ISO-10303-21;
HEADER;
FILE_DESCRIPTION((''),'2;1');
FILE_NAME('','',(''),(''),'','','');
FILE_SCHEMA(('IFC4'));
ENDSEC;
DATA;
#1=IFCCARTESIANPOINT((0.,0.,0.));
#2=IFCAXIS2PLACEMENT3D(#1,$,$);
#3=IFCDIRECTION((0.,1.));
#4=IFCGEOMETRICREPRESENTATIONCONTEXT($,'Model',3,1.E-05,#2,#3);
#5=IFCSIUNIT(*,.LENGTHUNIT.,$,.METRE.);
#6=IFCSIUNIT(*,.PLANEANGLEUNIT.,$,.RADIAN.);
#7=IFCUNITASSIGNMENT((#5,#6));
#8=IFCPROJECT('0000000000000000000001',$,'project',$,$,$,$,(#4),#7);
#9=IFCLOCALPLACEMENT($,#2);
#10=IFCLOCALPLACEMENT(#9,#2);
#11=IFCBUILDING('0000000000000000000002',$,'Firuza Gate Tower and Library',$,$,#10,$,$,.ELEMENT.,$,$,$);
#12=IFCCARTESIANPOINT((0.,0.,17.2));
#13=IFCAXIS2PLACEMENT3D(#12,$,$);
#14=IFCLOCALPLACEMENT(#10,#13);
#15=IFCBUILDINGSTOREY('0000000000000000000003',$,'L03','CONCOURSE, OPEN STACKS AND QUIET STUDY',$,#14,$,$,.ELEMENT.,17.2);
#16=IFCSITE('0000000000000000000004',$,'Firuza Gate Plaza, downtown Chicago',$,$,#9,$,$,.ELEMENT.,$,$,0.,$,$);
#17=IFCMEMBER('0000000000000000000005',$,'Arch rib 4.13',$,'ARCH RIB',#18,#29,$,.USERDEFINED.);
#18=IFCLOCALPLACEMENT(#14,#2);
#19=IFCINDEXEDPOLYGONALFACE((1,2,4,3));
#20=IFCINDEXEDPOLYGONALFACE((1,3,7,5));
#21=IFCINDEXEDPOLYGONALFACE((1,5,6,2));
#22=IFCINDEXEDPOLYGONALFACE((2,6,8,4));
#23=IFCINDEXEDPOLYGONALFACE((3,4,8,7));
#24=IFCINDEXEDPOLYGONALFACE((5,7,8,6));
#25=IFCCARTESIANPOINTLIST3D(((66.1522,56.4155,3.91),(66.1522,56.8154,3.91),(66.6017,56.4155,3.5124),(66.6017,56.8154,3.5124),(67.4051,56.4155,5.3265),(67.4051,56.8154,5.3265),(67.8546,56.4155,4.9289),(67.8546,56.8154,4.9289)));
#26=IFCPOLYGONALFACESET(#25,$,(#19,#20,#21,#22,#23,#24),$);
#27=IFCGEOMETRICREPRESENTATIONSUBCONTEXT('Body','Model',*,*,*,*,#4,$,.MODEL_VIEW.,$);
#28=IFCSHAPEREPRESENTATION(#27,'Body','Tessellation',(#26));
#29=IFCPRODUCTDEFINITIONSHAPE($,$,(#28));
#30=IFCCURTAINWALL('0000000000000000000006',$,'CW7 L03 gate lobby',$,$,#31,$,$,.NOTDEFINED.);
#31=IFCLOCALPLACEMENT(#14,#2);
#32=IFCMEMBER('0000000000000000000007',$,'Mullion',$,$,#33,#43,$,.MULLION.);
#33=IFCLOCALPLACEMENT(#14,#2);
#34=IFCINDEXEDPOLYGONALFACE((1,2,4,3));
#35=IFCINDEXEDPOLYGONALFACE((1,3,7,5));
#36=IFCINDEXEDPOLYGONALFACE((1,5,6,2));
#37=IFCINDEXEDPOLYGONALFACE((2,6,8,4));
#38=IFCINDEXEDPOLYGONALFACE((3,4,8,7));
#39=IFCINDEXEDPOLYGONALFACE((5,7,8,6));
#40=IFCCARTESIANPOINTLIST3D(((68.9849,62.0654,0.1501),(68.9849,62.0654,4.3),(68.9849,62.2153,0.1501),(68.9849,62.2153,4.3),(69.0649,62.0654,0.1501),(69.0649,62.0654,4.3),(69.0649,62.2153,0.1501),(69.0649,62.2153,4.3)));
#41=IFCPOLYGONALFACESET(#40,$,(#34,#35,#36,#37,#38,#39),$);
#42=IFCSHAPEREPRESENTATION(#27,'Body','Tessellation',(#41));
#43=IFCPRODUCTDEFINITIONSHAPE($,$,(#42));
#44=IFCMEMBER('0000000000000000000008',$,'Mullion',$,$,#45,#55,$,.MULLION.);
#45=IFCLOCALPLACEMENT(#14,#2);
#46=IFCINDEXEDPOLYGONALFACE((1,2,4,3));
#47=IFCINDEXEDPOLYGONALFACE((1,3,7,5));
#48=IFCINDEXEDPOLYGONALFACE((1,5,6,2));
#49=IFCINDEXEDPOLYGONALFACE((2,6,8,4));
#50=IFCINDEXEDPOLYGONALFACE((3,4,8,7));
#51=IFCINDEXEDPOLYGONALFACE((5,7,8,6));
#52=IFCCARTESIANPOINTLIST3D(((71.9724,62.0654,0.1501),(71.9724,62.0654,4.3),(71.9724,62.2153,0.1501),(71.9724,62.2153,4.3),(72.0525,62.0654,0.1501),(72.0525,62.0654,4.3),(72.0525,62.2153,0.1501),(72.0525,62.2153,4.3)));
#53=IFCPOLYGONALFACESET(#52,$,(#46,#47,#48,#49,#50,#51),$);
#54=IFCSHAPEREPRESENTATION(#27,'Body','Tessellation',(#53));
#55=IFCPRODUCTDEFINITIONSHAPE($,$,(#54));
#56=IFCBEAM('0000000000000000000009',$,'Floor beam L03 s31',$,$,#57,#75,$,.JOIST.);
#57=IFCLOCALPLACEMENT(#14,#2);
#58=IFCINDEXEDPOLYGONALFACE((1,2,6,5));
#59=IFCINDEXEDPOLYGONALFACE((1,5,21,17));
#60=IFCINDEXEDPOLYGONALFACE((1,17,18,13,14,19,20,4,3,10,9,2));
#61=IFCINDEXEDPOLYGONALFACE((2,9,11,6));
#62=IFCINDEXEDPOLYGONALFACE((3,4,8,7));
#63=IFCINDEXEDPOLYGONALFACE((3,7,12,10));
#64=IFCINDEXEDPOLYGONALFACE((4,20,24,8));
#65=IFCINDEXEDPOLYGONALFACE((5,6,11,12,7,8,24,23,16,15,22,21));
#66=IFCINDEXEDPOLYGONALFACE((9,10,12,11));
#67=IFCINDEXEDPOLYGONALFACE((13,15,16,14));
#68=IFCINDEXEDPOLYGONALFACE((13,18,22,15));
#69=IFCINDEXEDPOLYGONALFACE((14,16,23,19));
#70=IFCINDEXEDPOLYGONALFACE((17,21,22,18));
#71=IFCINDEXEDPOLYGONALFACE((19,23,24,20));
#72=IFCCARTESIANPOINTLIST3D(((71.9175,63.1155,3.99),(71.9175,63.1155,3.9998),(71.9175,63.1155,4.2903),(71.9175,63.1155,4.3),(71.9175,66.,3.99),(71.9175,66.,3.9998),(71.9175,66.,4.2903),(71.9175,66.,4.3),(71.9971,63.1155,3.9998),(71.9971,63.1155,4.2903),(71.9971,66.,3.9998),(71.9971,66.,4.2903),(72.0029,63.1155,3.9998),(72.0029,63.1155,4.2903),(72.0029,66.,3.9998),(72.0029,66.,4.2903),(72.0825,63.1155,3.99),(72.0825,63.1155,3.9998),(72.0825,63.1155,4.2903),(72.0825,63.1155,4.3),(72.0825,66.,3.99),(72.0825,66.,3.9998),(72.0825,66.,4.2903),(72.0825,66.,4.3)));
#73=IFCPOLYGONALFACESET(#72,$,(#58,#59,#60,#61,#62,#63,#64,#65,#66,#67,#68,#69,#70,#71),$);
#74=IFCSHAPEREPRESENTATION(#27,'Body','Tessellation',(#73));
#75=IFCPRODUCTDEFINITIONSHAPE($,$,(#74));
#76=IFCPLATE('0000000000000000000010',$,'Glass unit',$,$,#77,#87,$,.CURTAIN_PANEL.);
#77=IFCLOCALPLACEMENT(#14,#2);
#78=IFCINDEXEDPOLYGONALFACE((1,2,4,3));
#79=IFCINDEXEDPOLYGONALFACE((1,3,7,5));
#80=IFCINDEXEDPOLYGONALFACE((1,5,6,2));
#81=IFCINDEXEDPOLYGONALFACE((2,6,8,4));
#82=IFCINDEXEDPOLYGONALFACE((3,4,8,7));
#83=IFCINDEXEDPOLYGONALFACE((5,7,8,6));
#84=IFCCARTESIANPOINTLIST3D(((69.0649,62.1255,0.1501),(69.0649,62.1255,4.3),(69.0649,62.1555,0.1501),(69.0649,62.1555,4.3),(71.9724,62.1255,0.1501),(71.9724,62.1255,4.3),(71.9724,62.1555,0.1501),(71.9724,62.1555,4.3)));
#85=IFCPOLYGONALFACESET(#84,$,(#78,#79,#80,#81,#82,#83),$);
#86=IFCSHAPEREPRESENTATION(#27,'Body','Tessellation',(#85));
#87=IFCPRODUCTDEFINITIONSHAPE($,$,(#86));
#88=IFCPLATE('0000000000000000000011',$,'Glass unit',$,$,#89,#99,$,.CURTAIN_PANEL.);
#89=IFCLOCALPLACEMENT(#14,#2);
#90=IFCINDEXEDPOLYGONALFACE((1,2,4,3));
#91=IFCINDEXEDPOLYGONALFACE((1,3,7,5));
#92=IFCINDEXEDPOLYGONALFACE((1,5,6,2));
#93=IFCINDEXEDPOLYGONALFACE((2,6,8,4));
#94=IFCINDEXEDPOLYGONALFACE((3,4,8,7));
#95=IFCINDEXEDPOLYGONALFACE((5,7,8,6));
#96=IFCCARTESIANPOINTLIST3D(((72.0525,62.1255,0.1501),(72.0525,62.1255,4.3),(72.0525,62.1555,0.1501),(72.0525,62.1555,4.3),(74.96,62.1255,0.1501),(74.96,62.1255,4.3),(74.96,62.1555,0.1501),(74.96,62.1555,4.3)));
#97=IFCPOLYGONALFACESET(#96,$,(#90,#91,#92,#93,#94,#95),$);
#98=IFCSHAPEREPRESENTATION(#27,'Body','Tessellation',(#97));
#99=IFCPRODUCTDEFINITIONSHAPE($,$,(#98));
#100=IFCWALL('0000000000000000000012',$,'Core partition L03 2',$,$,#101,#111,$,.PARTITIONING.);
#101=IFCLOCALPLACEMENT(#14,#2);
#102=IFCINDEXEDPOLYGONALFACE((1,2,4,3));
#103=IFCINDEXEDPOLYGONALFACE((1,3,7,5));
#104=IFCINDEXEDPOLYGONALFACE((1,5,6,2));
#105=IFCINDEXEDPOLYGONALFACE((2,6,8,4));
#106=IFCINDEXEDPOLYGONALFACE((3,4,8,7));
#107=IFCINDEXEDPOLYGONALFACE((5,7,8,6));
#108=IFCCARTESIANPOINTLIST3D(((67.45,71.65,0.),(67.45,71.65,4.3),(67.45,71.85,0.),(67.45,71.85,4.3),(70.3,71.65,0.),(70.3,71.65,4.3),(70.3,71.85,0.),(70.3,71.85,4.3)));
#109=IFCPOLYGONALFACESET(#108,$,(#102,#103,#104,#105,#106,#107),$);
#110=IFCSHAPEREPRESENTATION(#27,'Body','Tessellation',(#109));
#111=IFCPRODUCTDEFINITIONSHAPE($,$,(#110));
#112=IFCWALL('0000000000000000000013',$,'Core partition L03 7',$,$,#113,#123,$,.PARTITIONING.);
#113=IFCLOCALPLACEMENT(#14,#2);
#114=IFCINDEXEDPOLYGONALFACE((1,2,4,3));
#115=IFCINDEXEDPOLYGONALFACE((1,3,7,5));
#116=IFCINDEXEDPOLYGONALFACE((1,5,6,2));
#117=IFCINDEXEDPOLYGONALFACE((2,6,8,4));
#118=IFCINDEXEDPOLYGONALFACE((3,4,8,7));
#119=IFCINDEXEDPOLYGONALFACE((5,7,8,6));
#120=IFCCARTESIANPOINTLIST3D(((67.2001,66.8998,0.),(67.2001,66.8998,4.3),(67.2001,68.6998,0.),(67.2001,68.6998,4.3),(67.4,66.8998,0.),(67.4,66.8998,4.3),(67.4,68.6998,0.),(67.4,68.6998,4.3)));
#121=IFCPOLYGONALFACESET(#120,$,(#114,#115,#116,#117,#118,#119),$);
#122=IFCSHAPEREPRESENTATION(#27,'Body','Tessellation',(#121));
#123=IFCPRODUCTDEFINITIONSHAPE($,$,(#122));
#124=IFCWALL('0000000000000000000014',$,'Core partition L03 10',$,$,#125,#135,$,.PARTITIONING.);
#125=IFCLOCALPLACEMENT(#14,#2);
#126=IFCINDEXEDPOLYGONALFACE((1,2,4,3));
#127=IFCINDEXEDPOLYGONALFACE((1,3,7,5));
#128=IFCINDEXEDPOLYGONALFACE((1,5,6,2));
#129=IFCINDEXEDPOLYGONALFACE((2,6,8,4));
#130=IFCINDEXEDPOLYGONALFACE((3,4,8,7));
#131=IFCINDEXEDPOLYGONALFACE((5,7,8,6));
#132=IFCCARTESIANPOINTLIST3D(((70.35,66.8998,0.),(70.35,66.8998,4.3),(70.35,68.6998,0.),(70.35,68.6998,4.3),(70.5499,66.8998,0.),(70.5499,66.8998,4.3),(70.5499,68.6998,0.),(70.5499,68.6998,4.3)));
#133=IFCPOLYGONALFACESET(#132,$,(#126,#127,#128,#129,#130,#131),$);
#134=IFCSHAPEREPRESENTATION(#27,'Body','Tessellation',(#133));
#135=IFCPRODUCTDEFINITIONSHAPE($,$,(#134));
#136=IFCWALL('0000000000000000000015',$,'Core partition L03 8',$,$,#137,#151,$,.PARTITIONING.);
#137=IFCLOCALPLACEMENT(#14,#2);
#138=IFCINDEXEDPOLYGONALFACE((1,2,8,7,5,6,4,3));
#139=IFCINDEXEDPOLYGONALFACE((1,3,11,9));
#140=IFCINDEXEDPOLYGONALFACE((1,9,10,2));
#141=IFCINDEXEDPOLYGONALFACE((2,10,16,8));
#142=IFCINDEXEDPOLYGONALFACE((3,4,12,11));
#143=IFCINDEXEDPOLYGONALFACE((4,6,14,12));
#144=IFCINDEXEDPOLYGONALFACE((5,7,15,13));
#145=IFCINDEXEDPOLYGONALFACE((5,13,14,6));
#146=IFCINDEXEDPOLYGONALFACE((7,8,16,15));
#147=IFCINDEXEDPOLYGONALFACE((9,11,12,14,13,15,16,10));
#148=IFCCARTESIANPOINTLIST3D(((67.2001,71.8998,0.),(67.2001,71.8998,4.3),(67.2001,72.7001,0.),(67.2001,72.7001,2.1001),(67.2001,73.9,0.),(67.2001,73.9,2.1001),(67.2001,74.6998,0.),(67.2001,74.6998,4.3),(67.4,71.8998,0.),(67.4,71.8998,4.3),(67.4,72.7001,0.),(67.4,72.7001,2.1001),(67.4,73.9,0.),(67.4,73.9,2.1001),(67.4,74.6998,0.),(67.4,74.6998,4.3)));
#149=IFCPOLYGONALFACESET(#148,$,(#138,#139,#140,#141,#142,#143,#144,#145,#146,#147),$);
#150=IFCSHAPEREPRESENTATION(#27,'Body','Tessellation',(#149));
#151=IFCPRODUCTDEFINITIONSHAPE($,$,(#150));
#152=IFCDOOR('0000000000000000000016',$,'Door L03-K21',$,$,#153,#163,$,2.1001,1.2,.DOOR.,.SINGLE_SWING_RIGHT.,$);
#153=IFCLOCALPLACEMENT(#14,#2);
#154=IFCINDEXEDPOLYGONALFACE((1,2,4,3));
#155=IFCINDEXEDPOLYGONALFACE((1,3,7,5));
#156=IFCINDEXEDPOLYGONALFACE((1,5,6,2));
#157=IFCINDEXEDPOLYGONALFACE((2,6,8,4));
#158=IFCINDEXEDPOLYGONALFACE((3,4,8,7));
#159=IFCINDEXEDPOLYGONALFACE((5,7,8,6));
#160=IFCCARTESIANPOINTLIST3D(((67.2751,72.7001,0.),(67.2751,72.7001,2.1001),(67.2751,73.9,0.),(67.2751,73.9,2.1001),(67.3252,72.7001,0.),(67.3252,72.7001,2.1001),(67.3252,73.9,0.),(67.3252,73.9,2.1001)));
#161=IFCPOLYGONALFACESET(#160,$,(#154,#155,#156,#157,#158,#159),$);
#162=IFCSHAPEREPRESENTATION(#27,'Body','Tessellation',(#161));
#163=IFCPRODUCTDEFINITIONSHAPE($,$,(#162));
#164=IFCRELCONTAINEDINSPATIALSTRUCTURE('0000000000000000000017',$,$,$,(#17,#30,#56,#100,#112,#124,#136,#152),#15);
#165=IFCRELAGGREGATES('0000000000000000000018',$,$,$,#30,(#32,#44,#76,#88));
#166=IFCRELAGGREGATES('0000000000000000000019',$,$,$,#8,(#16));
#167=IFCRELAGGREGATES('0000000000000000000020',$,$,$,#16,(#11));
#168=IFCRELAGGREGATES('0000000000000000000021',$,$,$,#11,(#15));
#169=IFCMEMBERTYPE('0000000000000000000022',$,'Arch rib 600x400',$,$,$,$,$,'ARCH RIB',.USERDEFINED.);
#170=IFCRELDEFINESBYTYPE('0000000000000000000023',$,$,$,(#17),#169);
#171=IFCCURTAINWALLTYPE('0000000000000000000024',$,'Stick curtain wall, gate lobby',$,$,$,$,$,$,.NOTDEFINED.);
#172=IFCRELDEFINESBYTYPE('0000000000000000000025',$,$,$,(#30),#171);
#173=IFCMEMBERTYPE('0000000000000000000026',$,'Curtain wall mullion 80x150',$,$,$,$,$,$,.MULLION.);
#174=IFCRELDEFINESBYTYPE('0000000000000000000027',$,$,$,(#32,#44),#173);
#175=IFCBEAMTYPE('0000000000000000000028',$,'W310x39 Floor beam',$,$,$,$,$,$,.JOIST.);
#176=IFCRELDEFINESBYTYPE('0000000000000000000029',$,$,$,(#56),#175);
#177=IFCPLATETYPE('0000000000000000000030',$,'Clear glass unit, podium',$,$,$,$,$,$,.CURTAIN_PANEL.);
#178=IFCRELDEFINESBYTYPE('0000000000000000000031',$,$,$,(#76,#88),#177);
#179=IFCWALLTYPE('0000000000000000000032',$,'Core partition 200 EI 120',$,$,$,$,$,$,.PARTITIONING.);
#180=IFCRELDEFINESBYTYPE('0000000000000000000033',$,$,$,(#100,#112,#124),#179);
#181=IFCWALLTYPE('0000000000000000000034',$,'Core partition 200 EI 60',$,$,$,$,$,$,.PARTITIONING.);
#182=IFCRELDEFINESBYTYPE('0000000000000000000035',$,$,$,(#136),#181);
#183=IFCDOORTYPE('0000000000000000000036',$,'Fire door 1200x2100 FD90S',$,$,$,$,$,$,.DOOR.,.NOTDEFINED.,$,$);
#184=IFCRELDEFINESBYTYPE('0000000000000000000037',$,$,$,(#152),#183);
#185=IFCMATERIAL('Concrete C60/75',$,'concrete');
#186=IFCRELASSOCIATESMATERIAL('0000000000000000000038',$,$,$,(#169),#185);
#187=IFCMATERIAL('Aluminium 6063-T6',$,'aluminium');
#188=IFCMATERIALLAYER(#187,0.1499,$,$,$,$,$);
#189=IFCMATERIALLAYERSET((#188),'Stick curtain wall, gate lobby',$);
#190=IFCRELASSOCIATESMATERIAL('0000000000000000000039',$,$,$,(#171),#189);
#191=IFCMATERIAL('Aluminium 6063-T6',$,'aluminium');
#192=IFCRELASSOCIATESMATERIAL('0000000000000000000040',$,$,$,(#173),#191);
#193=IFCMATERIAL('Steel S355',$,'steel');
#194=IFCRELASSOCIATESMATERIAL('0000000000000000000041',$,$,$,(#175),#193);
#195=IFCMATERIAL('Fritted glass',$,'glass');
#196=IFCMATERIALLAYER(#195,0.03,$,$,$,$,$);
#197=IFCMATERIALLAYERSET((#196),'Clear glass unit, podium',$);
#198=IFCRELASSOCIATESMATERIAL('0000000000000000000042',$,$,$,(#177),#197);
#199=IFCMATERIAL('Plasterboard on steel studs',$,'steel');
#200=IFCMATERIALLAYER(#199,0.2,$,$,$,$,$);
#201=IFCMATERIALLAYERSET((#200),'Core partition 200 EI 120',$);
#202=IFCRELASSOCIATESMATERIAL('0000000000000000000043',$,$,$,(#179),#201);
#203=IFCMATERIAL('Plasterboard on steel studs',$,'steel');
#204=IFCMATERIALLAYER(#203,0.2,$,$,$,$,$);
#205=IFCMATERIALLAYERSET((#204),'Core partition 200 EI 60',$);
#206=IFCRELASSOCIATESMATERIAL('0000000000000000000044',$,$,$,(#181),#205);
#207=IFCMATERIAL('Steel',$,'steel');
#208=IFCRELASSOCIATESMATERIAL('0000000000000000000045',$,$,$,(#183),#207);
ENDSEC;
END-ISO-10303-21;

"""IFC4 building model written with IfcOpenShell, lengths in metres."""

from ifc_helpers import new_model, si_unit, direction, frame, frame_2d, origin, origin_2d, place, context, subcontext, project, spatial, polyline, rectangle, i_section, outline, extrude, material, layer, layer_set, material_profile, profile_set, type_object, element, fill, aggregate, save


model = new_model("IFC4")

# Units and contexts
model_context = context("Model", 3, precision=1e-05, world=origin(), true_north=direction((0.0, 1.0)))
body_context = subcontext(model_context, "Body", "Model", "MODEL_VIEW")
ifc_project = project(units=[si_unit("LENGTHUNIT", "METRE"), si_unit("PLANEANGLEUNIT", "RADIAN")], contexts=[model_context])

# Site, building, storey
site_placement = place(None, origin())
site = spatial("IfcSite", under=ifc_project, at=site_placement, Name="Firuza Gate Plaza, downtown Chicago", CompositionType="ELEMENT", RefElevation=0.0)
building_placement = place(site_placement, origin())
building = spatial("IfcBuilding", under=site, at=building_placement, Name="Firuza Gate Tower and Library", CompositionType="ELEMENT")
storey_placement = place(building_placement, frame((0.0, 0.0, 17.2)))
storey = spatial("IfcBuildingStorey", under=building, at=storey_placement, Name="L03", Description="CONCOURSE, OPEN STACKS AND QUIET STUDY", CompositionType="ELEMENT", Elevation=17.2)

# Member
ifc_material_1 = material(Name="Concrete C60/75", Category="concrete")
ifc_material_profile_1 = material_profile(ifc_material_1, rectangle(XDim=0.3999, YDim=0.6001, at=origin_2d()))
ifc_profile_set_1 = profile_set([ifc_material_profile_1], Name="Concrete C60/75")
member_type_1 = type_object("IfcMemberType", Name="Arch rib 600x400", ElementType="ARCH RIB", PredefinedType="USERDEFINED", material=ifc_profile_set_1)
member_1_placement = place(storey_placement, frame((66.377, 56.6155, 3.7112), z_axis=(0.662535, 0.0, 0.749031), x_axis=(0.0, 1.0, 0.0)))
element("IfcMember", 1, at=member_1_placement, inside=storey, type_object=member_type_1, Name="Arch rib 4.13", ObjectType="ARCH RIB", PredefinedType="USERDEFINED", context=body_context, shape_type="SweptSolid", body=[
    extrude(rectangle(XDim=0.3999, YDim=0.6001, at=origin_2d()), origin(), (0.0, 0.0, 1.0), 1.8911),
])

# Curtain wall, members
ifc_material_2 = material(Name="Aluminium 6063-T6", Category="aluminium")
ifc_layer_1 = layer(ifc_material_2, 0.1499)
ifc_layer_set_1 = layer_set([ifc_layer_1], Name="Stick curtain wall, gate lobby")
curtain_wall_type = type_object("IfcCurtainWallType", Name="Stick curtain wall, gate lobby", PredefinedType="NOTDEFINED", material=ifc_layer_set_1)
curtain_wall_placement = place(storey_placement, origin())
curtain_wall = element("IfcCurtainWall", 2, at=curtain_wall_placement, inside=storey, type_object=curtain_wall_type, Name="CW7 L03 gate lobby", PredefinedType="NOTDEFINED")
ifc_material_3 = material(Name="Aluminium 6063-T6", Category="aluminium")
ifc_material_profile_2 = material_profile(ifc_material_3, rectangle(XDim=0.1499, YDim=0.0801, at=origin_2d()))
ifc_profile_set_2 = profile_set([ifc_material_profile_2], Name="Aluminium 6063-T6")
member_type_2 = type_object("IfcMemberType", Name="Curtain wall mullion 80x150", PredefinedType="MULLION", material=ifc_profile_set_2)
member_2_placement = place(storey_placement, frame((69.0249, 62.1404, 0.1501), z_axis=(0.0, 0.0, 1.0), x_axis=(0.0, 1.0, 0.0)))
member_2 = element("IfcMember", 3, at=member_2_placement, type_object=member_type_2, Name="Mullion", PredefinedType="MULLION", context=body_context, shape_type="SweptSolid", body=[
    extrude(rectangle(XDim=0.1499, YDim=0.0801, at=origin_2d()), origin(), (0.0, 0.0, 1.0), 4.1499),
])
member_3_placement = place(storey_placement, frame((72.0125, 62.1404, 0.1501), z_axis=(0.0, 0.0, 1.0), x_axis=(0.0, 1.0, 0.0)))
member_3 = element("IfcMember", 4, at=member_3_placement, type_object=member_type_2, Name="Mullion", PredefinedType="MULLION", context=body_context, shape_type="SweptSolid", body=[
    extrude(rectangle(XDim=0.1499, YDim=0.0801, at=origin_2d()), origin(), (0.0, 0.0, 1.0), 4.1499),
])

# Beam
ifc_material_4 = material(Name="Steel S355", Category="steel")
ifc_material_profile_3 = material_profile(ifc_material_4, i_section(OverallWidth=0.165, OverallDepth=0.3101, WebThickness=0.0059, FlangeThickness=0.0098, at=origin_2d()))
ifc_profile_set_3 = profile_set([ifc_material_profile_3], Name="Steel S355")
beam_type = type_object("IfcBeamType", Name="W310x39 Floor beam", PredefinedType="JOIST", material=ifc_profile_set_3)
beam_placement = place(storey_placement, frame((72.0, 63.1155, 4.145), z_axis=(0.0, 1.0, 0.0), x_axis=(-1.0, 0.0, 0.0)))
element("IfcBeam", 5, at=beam_placement, inside=storey, type_object=beam_type, Name="Floor beam L03 s31", PredefinedType="JOIST", context=body_context, shape_type="SweptSolid", body=[
    extrude(i_section(OverallWidth=0.165, OverallDepth=0.3101, WebThickness=0.0059, FlangeThickness=0.0098, at=origin_2d()), origin(), (0.0, 0.0, 1.0), 2.8845),
])

# Plates
ifc_material_5 = material(Name="Fritted glass", Category="glass")
ifc_layer_2 = layer(ifc_material_5, 0.03)
ifc_layer_set_2 = layer_set([ifc_layer_2], Name="Clear glass unit, podium")
plate_type = type_object("IfcPlateType", Name="Clear glass unit, podium", PredefinedType="CURTAIN_PANEL", material=ifc_layer_set_2)
plate_1_placement = place(storey_placement, frame((69.0649, 62.1255, 0.1501), z_axis=(0.0, -1.0, 0.0), x_axis=(1.0, 0.0, 0.0)))
plate_1 = element("IfcPlate", 6, at=plate_1_placement, type_object=plate_type, Name="Glass unit", PredefinedType="CURTAIN_PANEL", context=body_context, shape_type="SweptSolid", body=[
    extrude(outline(polyline([(0.0, 0.0), (2.9075, 0.0), (2.9075, 4.1499), (0.0, 4.1499), (0.0, 0.0)])), origin(), (0.0, 0.0, -1.0), 0.03),
])
plate_2_placement = place(storey_placement, frame((72.0525, 62.1255, 0.1501), z_axis=(0.0, -1.0, 0.0), x_axis=(1.0, 0.0, 0.0)))
plate_2 = element("IfcPlate", 7, at=plate_2_placement, type_object=plate_type, Name="Glass unit", PredefinedType="CURTAIN_PANEL", context=body_context, shape_type="SweptSolid", body=[
    extrude(outline(polyline([(0.0, 0.0), (2.9075, 0.0), (2.9075, 4.1499), (0.0, 4.1499), (0.0, 0.0)])), origin(), (0.0, 0.0, -1.0), 0.03),
])
aggregate(curtain_wall, [member_2, member_3, plate_1, plate_2])

# Walls
ifc_material_6 = material(Name="Plasterboard on steel studs", Category="steel")
ifc_layer_3 = layer(ifc_material_6, 0.2)
ifc_layer_set_3 = layer_set([ifc_layer_3], Name="Core partition 200 EI 120")
wall_type_1 = type_object("IfcWallType", Name="Core partition 200 EI 120", PredefinedType="PARTITIONING", material=ifc_layer_set_3)
wall_1_placement = place(storey_placement, frame((67.45, 71.75, 0.0), z_axis=(0.0, 0.0, 1.0), x_axis=(1.0, 0.0, 0.0)))
element("IfcWall", 8, at=wall_1_placement, inside=storey, type_object=wall_type_1, Name="Core partition L03 2", PredefinedType="PARTITIONING", context=body_context, shape_type="SweptSolid", body=[
    extrude(rectangle(XDim=2.8501, YDim=0.2, at=frame_2d((1.425, 0.0))), origin(), (0.0, 0.0, 1.0), 4.3),
])
for number, where, z_axis, x_axis, name in (
    (9, (67.3, 66.8999, 0.0), (0.0, 0.0, 1.0), (0.0, 1.0, 0.0), "Core partition L03 7"),
    (10, (70.45, 66.8999, 0.0), (0.0, 0.0, 1.0), (0.0, 1.0, 0.0), "Core partition L03 10"),
):
    element("IfcWall", number, at=place(storey_placement, frame(where, z_axis=z_axis, x_axis=x_axis)), inside=storey, type_object=wall_type_1, Name=name, PredefinedType="PARTITIONING", context=body_context, shape_type="SweptSolid", body=[
        extrude(rectangle(XDim=1.8, YDim=0.2, at=frame_2d((0.8999, 0.0))), origin(), (0.0, 0.0, 1.0), 4.3),
    ])

# Wall, opening, door
ifc_material_7 = material(Name="Plasterboard on steel studs", Category="steel")
ifc_layer_4 = layer(ifc_material_7, 0.2)
ifc_layer_set_4 = layer_set([ifc_layer_4], Name="Core partition 200 EI 60")
wall_type_2 = type_object("IfcWallType", Name="Core partition 200 EI 60", PredefinedType="PARTITIONING", material=ifc_layer_set_4)
wall_2_placement = place(storey_placement, frame((67.3, 71.8999, 0.0), z_axis=(0.0, 0.0, 1.0), x_axis=(0.0, 1.0, 0.0)))
wall_2 = element("IfcWall", 11, at=wall_2_placement, inside=storey, type_object=wall_type_2, Name="Core partition L03 8", PredefinedType="PARTITIONING", context=body_context, shape_type="SweptSolid", body=[
    extrude(rectangle(XDim=2.8, YDim=0.2, at=frame_2d((1.3999, 0.0))), origin(), (0.0, 0.0, 1.0), 4.3),
])
opening_1_placement = place(wall_2_placement, frame((0.8, 0.0, 0.0)))
opening_1 = element("IfcOpeningElement", 12, at=opening_1_placement, cuts=wall_2, PredefinedType="OPENING", context=body_context, shape_type="SweptSolid", body=[
    extrude(rectangle(XDim=1.2, YDim=2.1001, at=frame_2d((0.6001, 1.05))), frame((0.0, 0.1099, 0.0), z_axis=(0.0, -1.0, 0.0), x_axis=(1.0, 0.0, 0.0)), (0.0, 0.0, 1.0), 0.22),
])
ifc_material_8 = material(Name="Steel", Category="steel")
door_type_1 = type_object("IfcDoorType", Name="Fire door 1200x2100 FD90S", OperationType="NOTDEFINED", PredefinedType="DOOR", material=ifc_material_8)
door_1_placement = place(opening_1_placement, origin())
door_1 = element("IfcDoor", 13, at=door_1_placement, inside=storey, type_object=door_type_1, Name="Door L03-K21", OperationType="SINGLE_SWING_RIGHT", OverallHeight=2.1001, OverallWidth=1.2, PredefinedType="DOOR", context=body_context, shape_type="SweptSolid", body=[
    extrude(rectangle(XDim=1.2, YDim=2.1001, at=frame_2d((0.6001, 1.05))), frame((0.0, 0.0249, 0.0), z_axis=(0.0, -1.0, 0.0), x_axis=(1.0, 0.0, 0.0)), (0.0, 0.0, 1.0), 0.05),
])
fill(opening_1, door_1)

save(model, "model.ifc")
